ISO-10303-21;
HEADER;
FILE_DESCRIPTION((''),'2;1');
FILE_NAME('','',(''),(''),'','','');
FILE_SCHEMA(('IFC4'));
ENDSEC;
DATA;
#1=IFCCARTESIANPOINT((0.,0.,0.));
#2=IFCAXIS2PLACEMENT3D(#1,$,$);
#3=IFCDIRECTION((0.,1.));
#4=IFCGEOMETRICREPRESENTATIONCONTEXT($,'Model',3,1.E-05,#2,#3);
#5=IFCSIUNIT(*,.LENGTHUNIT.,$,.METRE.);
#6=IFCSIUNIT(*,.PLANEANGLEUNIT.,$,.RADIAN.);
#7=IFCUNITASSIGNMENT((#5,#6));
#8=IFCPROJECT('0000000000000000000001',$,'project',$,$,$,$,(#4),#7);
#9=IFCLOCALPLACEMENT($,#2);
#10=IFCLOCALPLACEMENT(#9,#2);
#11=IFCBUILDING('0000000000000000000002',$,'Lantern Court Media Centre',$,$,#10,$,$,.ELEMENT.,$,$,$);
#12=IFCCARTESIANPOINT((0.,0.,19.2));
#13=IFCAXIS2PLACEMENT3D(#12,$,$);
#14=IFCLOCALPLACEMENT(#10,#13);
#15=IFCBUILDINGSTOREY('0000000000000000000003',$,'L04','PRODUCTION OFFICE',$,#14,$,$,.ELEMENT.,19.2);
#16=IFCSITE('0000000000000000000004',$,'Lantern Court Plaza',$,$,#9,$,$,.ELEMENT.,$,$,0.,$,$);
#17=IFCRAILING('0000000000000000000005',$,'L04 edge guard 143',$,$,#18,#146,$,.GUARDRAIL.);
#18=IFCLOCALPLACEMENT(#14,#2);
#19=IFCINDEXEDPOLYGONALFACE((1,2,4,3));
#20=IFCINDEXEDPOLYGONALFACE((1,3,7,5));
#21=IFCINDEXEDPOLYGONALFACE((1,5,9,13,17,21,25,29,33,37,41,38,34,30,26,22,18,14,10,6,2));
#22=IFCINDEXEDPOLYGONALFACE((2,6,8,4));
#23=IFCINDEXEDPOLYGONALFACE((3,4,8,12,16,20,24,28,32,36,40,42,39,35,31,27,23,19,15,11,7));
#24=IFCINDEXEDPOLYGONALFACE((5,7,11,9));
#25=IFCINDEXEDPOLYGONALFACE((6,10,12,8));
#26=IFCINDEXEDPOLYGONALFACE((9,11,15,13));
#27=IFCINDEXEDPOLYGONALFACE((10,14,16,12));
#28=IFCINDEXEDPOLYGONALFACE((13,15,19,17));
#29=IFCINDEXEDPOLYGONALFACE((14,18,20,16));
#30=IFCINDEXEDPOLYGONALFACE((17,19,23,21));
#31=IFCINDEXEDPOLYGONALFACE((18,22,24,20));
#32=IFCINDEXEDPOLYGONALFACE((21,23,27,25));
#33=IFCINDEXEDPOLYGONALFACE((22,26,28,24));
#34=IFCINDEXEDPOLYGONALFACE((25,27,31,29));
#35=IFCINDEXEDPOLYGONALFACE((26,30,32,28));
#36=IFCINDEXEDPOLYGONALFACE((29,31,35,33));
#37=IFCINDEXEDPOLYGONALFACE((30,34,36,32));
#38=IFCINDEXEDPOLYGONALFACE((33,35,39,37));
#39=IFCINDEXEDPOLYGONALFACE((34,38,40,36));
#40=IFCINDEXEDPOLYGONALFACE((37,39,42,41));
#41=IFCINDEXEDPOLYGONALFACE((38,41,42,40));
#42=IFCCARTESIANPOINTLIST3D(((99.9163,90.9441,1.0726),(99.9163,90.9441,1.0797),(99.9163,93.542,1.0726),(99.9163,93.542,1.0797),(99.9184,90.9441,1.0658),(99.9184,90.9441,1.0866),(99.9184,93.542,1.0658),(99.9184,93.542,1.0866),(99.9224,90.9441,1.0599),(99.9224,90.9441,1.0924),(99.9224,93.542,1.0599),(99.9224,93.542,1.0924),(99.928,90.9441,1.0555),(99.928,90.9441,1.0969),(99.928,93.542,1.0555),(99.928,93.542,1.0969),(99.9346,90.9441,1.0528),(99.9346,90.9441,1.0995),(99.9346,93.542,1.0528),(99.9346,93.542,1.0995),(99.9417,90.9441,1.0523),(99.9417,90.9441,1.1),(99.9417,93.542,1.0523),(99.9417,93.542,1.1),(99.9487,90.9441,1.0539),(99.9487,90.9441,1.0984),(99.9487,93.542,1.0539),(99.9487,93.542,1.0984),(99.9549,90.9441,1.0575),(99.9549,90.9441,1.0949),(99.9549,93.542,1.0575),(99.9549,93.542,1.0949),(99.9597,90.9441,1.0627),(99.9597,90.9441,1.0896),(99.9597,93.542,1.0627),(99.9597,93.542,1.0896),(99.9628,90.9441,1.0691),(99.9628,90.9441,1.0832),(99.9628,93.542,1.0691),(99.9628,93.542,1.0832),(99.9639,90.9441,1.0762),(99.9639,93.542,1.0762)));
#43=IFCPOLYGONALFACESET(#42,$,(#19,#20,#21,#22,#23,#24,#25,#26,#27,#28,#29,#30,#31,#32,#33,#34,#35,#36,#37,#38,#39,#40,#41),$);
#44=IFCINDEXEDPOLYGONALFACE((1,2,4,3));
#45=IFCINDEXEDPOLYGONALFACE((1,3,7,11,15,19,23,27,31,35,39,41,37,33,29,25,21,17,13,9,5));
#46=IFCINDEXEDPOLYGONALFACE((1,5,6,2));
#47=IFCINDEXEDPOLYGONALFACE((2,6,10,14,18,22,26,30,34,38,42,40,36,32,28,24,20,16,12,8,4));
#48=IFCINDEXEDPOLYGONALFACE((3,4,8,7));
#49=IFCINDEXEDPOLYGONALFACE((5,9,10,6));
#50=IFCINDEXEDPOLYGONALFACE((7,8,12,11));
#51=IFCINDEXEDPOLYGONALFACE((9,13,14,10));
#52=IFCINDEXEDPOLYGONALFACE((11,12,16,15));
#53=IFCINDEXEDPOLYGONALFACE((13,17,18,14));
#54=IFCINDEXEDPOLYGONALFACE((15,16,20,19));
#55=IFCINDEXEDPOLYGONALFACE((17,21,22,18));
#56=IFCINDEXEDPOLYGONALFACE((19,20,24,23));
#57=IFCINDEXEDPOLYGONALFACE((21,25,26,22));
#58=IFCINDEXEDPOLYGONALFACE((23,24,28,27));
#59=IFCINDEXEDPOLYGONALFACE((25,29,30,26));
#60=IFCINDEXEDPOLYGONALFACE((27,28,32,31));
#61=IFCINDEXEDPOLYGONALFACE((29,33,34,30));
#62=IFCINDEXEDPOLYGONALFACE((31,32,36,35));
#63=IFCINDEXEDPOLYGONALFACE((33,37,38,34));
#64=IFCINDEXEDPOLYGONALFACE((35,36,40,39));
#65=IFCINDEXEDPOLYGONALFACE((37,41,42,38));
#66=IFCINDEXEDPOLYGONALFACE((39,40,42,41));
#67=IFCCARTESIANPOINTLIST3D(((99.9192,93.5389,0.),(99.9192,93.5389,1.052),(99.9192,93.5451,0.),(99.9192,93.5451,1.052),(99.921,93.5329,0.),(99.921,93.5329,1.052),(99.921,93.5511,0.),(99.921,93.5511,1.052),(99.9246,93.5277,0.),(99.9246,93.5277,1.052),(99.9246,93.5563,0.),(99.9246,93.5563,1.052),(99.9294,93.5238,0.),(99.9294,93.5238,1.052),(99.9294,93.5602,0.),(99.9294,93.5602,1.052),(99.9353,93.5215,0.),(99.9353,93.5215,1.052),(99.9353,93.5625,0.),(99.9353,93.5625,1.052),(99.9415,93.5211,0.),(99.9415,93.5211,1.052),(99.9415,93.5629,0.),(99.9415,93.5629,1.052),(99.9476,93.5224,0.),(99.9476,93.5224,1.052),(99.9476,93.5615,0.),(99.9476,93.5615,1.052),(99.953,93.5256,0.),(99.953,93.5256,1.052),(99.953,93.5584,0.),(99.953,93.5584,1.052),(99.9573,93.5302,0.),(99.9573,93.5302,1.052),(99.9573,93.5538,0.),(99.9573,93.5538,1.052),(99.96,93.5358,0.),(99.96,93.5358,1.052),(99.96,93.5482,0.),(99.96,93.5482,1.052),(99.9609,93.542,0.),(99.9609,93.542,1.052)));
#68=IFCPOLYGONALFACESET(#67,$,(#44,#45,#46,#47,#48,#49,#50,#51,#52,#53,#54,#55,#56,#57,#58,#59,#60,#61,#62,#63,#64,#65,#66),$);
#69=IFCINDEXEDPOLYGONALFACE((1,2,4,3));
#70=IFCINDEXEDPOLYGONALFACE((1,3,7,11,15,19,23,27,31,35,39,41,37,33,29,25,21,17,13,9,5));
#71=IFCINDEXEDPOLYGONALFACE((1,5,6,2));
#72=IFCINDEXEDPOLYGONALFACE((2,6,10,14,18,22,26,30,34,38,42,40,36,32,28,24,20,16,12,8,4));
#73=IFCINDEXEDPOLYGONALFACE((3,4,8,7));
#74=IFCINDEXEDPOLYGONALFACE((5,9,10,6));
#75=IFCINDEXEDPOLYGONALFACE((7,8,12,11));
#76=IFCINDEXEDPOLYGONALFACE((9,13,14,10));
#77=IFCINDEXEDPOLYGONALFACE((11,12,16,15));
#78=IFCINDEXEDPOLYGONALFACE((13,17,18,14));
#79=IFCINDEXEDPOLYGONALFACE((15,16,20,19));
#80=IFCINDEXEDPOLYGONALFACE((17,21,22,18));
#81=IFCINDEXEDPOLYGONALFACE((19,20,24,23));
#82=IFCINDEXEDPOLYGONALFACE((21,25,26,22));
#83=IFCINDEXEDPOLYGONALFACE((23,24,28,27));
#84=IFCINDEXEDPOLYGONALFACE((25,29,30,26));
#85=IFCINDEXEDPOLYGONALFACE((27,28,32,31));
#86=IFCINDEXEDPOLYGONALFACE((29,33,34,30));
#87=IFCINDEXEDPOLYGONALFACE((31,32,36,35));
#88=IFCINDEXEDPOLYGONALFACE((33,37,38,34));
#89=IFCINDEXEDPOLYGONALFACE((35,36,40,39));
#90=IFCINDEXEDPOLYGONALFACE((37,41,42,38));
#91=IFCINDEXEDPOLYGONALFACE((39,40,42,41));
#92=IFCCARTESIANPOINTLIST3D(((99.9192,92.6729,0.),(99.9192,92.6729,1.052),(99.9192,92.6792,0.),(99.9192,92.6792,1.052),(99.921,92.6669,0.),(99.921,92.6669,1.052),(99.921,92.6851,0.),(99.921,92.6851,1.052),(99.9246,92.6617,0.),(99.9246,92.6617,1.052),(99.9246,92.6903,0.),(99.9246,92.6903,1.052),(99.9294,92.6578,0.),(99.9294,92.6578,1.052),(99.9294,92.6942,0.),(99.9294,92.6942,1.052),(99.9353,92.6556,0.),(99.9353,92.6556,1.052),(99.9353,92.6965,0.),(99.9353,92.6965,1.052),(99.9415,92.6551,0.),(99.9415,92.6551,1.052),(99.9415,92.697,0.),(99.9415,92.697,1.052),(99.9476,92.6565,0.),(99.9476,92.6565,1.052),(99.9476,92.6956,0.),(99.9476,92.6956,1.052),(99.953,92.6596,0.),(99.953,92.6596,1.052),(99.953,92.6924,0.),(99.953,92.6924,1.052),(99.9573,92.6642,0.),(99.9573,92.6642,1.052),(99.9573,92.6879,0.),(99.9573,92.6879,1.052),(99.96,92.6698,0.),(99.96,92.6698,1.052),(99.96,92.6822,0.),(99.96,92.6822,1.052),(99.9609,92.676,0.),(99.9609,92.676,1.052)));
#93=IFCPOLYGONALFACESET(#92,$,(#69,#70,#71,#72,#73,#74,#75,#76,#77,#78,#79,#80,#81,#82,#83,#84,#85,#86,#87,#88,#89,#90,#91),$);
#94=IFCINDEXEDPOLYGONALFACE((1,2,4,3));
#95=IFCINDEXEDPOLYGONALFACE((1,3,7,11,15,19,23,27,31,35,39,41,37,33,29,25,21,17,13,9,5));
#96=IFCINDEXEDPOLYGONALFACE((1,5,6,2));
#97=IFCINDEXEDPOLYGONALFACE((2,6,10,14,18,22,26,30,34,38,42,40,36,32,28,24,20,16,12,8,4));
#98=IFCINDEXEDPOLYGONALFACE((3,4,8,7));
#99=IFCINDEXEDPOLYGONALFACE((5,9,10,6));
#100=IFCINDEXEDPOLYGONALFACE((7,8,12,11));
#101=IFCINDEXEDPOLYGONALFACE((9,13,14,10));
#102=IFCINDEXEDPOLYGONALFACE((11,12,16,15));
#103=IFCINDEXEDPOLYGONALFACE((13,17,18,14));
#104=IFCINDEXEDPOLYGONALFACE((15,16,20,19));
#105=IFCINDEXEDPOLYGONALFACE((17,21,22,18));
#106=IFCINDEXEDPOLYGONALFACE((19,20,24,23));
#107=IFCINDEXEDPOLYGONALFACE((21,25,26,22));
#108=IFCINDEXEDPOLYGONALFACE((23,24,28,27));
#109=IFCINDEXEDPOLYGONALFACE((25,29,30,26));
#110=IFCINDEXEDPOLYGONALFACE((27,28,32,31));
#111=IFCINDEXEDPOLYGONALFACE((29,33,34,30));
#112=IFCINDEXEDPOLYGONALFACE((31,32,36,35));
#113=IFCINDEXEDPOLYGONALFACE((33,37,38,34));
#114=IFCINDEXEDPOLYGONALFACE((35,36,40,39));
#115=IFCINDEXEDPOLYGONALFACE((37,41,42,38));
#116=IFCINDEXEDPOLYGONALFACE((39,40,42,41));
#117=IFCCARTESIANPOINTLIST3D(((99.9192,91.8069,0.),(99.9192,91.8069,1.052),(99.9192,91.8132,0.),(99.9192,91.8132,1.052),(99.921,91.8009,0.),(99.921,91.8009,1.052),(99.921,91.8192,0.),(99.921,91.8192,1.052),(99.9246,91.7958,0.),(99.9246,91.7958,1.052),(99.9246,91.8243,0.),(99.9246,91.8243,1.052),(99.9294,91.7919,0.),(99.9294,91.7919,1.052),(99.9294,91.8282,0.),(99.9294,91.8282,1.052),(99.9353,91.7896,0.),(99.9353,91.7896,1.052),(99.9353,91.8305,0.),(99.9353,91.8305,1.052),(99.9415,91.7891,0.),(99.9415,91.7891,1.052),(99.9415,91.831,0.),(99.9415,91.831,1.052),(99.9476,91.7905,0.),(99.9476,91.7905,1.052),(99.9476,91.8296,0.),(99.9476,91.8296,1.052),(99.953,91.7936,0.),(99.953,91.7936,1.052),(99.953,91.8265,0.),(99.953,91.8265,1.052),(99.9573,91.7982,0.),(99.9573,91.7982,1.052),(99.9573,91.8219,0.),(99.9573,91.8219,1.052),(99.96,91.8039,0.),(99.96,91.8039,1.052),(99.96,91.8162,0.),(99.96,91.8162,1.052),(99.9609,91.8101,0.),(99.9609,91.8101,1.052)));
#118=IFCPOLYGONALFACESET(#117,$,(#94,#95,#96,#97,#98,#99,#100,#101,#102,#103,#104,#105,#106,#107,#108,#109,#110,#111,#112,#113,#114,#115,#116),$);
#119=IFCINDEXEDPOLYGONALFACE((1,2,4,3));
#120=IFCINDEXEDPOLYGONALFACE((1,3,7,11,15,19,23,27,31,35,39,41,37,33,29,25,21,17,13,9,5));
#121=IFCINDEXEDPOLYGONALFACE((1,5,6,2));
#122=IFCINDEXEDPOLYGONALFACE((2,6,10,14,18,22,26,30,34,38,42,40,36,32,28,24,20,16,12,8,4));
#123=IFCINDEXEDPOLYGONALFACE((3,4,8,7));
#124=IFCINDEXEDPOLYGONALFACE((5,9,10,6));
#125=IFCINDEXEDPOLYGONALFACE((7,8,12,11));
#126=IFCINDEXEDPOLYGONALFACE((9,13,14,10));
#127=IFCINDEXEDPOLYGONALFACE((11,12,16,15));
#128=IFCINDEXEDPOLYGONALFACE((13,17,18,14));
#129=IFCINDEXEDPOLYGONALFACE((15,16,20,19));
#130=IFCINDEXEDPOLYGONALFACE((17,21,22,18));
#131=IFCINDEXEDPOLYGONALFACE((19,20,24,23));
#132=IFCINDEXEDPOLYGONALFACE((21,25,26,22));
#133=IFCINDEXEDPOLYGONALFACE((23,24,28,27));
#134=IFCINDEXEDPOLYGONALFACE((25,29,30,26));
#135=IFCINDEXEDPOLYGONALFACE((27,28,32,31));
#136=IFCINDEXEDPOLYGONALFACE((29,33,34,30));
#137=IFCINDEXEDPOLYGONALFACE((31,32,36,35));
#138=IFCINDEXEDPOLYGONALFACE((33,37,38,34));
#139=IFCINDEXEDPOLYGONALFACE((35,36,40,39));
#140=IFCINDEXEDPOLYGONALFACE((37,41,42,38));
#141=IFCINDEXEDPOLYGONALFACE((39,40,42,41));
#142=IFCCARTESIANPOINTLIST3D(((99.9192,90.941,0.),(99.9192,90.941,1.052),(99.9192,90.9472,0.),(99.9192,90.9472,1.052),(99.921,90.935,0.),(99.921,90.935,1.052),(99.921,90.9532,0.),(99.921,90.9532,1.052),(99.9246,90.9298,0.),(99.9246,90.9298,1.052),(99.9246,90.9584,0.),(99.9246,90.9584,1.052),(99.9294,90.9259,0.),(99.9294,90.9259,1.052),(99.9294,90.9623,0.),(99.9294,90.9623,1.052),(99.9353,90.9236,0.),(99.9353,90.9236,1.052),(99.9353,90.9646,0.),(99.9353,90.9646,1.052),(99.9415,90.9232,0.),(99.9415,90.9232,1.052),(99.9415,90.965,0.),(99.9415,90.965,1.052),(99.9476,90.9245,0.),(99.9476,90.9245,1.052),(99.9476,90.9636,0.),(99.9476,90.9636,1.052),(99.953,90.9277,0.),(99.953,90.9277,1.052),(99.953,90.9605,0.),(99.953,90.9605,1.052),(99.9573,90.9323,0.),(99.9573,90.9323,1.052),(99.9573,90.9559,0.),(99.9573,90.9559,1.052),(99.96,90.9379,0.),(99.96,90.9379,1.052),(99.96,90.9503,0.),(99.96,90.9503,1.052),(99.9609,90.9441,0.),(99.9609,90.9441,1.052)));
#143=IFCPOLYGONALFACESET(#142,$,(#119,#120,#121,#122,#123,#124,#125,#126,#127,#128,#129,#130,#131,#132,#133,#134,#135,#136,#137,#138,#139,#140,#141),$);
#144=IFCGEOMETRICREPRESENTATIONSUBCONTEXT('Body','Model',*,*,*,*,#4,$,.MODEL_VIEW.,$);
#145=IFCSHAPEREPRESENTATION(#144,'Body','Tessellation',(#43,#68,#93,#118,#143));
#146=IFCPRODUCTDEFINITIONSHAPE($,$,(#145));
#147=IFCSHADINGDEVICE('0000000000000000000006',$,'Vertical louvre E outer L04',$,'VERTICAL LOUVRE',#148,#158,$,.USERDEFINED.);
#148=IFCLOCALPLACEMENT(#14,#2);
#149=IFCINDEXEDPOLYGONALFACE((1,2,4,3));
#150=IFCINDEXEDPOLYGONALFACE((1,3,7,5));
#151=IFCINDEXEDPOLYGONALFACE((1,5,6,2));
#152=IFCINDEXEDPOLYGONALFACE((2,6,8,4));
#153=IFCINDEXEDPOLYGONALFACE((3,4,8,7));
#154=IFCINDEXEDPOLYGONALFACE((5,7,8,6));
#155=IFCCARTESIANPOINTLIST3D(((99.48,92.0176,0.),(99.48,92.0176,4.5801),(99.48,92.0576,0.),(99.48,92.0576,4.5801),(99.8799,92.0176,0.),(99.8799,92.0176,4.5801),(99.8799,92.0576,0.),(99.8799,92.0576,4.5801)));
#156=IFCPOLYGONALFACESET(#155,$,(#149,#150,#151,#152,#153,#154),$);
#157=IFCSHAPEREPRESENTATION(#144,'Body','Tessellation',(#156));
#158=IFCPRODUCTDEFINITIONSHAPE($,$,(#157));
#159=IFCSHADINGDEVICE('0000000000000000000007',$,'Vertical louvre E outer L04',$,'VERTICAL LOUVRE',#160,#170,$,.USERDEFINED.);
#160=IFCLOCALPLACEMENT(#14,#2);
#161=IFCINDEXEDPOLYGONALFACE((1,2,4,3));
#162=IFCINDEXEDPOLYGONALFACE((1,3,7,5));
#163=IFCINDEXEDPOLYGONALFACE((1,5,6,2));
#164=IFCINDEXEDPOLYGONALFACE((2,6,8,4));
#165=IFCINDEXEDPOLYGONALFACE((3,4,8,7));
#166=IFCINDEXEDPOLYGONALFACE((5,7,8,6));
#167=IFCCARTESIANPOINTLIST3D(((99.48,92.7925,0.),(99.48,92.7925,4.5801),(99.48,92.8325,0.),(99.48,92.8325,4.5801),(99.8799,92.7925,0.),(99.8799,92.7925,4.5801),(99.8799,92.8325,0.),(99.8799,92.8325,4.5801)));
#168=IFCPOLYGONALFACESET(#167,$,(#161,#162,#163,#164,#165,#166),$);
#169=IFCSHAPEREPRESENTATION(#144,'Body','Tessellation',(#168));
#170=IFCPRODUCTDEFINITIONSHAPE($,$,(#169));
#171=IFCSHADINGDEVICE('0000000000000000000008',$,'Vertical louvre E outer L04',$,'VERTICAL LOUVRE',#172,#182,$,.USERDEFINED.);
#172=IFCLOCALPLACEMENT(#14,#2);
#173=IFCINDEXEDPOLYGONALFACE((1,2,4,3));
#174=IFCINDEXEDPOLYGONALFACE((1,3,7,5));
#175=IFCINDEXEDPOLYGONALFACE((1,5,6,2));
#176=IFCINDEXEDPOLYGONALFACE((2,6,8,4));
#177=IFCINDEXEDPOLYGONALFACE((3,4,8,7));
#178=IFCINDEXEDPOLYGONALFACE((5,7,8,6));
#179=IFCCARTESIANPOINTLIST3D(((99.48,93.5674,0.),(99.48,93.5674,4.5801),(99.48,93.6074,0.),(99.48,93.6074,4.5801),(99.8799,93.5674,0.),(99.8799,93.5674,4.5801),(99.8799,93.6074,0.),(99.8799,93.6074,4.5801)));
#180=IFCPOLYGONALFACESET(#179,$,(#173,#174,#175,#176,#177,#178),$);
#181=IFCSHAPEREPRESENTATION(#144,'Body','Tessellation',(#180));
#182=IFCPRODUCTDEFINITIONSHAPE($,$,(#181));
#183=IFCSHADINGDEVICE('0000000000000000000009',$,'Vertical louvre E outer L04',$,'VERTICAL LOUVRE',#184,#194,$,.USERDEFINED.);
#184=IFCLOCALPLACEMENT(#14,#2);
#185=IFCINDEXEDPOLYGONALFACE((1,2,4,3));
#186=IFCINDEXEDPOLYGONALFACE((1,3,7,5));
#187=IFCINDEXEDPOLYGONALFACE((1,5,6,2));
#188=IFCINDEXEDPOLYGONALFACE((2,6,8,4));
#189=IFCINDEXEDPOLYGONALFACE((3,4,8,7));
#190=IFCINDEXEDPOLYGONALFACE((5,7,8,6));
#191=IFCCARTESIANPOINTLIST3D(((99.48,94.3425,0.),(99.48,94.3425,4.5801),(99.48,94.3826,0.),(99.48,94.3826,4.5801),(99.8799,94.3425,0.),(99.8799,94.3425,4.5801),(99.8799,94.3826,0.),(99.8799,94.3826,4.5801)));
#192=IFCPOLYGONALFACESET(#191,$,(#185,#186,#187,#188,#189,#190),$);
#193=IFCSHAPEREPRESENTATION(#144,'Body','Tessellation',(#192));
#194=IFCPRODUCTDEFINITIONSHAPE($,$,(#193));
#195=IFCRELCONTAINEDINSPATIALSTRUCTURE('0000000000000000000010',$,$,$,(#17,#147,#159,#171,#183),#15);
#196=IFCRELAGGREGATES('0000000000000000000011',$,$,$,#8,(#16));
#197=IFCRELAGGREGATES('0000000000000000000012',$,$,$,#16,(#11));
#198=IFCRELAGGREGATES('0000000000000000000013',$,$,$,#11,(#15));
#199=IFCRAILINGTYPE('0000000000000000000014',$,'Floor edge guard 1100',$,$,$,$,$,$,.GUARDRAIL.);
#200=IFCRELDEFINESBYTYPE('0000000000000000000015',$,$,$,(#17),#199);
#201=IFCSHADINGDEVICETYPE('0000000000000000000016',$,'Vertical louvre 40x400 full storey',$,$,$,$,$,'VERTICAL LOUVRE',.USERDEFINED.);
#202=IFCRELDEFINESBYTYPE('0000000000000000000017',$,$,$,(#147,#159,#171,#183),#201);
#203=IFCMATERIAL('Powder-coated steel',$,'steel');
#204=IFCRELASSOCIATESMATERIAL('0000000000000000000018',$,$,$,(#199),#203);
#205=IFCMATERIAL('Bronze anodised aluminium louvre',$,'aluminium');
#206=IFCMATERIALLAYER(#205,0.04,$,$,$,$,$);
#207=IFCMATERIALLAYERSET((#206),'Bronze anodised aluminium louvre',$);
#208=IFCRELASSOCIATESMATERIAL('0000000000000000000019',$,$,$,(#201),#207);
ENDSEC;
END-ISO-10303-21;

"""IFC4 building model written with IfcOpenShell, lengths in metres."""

from ifc_helpers import new_model, si_unit, direction, frame, origin, origin_2d, place, context, subcontext, project, spatial, rectangle, circle, extrude, material, layer, layer_set, type_object, element, save


model = new_model("IFC4")

# Units and contexts
model_context = context("Model", 3, precision=1e-05, world=origin(), true_north=direction((0.0, 1.0)))
body_context = subcontext(model_context, "Body", "Model", "MODEL_VIEW")
ifc_project = project(units=[si_unit("LENGTHUNIT", "METRE"), si_unit("PLANEANGLEUNIT", "RADIAN")], contexts=[model_context])

# Site, building, storey
site_placement = place(None, origin())
site = spatial("IfcSite", under=ifc_project, at=site_placement, Name="Lantern Court Plaza", CompositionType="ELEMENT", RefElevation=0.0)
building_placement = place(site_placement, origin())
building = spatial("IfcBuilding", under=site, at=building_placement, Name="Lantern Court Media Centre", CompositionType="ELEMENT")
storey_placement = place(building_placement, frame((0.0, 0.0, 19.2)))
storey = spatial("IfcBuildingStorey", under=building, at=storey_placement, Name="L04", Description="PRODUCTION OFFICE", CompositionType="ELEMENT", Elevation=19.2)

# Railing
ifc_material_1 = material(Name="Powder-coated steel", Category="steel")
railing_type = type_object("IfcRailingType", Name="Floor edge guard 1100", PredefinedType="GUARDRAIL", material=ifc_material_1)
railing_1_placement = place(storey_placement, frame((99.9399, 93.542, 0.0)))
element("IfcRailing", 1, at=railing_1_placement, inside=storey, type_object=railing_type, Name="L04 edge guard 143", PredefinedType="GUARDRAIL", context=body_context, shape_type="SweptSolid", body=[
    extrude(circle(Radius=0.0239, at=origin_2d()), frame((0.0, 0.0, 1.0762), z_axis=(0.0, -1.0, 0.0), x_axis=(1.0, 0.0, 0.0)), (0.0, 0.0, 1.0), 2.5979),
    extrude(circle(Radius=0.021, at=origin_2d()), origin(), (0.0, 0.0, 1.0), 1.052),
    extrude(circle(Radius=0.021, at=origin_2d()), frame((0.0, -0.866, 0.0)), (0.0, 0.0, 1.0), 1.052),
    extrude(circle(Radius=0.021, at=origin_2d()), frame((0.0, -1.7319, 0.0)), (0.0, 0.0, 1.0), 1.052),
    extrude(circle(Radius=0.021, at=origin_2d()), frame((0.0, -2.5979, 0.0)), (0.0, 0.0, 1.0), 1.052),
])

# Shading devices
ifc_material_2 = material(Name="Bronze anodised aluminium louvre", Category="aluminium")
ifc_layer_1 = layer(ifc_material_2, 0.04)
ifc_layer_set_1 = layer_set([ifc_layer_1], Name="Bronze anodised aluminium louvre")
shading_device_type = type_object("IfcShadingDeviceType", Name="Vertical louvre 40x400 full storey", ElementType="VERTICAL LOUVRE", PredefinedType="USERDEFINED", material=ifc_layer_set_1)
for number, where, z_axis, x_axis, name in (
    (2, (99.6799, 92.0376, 0.0), (0.0, 0.0, 1.0), (1.0, 0.0, 0.0), "Vertical louvre E outer L04"),
    (3, (99.6799, 92.8125, 0.0), (0.0, 0.0, 1.0), (1.0, 0.0, 0.0), "Vertical louvre E outer L04"),
    (4, (99.6799, 93.5874, 0.0), (0.0, 0.0, 1.0), (1.0, 0.0, 0.0), "Vertical louvre E outer L04"),
    (5, (99.6799, 94.3625, 0.0), (0.0, 0.0, 1.0), (1.0, 0.0, 0.0), "Vertical louvre E outer L04"),
):
    element("IfcShadingDevice", number, at=place(storey_placement, frame(where, z_axis=z_axis, x_axis=x_axis)), inside=storey, type_object=shading_device_type, Name=name, ObjectType="VERTICAL LOUVRE", PredefinedType="USERDEFINED", context=body_context, shape_type="SweptSolid", body=[
        extrude(rectangle(XDim=0.3999, YDim=0.04, at=origin_2d()), origin(), (0.0, 0.0, 1.0), 4.5801),
    ])

save(model, "model.ifc")
